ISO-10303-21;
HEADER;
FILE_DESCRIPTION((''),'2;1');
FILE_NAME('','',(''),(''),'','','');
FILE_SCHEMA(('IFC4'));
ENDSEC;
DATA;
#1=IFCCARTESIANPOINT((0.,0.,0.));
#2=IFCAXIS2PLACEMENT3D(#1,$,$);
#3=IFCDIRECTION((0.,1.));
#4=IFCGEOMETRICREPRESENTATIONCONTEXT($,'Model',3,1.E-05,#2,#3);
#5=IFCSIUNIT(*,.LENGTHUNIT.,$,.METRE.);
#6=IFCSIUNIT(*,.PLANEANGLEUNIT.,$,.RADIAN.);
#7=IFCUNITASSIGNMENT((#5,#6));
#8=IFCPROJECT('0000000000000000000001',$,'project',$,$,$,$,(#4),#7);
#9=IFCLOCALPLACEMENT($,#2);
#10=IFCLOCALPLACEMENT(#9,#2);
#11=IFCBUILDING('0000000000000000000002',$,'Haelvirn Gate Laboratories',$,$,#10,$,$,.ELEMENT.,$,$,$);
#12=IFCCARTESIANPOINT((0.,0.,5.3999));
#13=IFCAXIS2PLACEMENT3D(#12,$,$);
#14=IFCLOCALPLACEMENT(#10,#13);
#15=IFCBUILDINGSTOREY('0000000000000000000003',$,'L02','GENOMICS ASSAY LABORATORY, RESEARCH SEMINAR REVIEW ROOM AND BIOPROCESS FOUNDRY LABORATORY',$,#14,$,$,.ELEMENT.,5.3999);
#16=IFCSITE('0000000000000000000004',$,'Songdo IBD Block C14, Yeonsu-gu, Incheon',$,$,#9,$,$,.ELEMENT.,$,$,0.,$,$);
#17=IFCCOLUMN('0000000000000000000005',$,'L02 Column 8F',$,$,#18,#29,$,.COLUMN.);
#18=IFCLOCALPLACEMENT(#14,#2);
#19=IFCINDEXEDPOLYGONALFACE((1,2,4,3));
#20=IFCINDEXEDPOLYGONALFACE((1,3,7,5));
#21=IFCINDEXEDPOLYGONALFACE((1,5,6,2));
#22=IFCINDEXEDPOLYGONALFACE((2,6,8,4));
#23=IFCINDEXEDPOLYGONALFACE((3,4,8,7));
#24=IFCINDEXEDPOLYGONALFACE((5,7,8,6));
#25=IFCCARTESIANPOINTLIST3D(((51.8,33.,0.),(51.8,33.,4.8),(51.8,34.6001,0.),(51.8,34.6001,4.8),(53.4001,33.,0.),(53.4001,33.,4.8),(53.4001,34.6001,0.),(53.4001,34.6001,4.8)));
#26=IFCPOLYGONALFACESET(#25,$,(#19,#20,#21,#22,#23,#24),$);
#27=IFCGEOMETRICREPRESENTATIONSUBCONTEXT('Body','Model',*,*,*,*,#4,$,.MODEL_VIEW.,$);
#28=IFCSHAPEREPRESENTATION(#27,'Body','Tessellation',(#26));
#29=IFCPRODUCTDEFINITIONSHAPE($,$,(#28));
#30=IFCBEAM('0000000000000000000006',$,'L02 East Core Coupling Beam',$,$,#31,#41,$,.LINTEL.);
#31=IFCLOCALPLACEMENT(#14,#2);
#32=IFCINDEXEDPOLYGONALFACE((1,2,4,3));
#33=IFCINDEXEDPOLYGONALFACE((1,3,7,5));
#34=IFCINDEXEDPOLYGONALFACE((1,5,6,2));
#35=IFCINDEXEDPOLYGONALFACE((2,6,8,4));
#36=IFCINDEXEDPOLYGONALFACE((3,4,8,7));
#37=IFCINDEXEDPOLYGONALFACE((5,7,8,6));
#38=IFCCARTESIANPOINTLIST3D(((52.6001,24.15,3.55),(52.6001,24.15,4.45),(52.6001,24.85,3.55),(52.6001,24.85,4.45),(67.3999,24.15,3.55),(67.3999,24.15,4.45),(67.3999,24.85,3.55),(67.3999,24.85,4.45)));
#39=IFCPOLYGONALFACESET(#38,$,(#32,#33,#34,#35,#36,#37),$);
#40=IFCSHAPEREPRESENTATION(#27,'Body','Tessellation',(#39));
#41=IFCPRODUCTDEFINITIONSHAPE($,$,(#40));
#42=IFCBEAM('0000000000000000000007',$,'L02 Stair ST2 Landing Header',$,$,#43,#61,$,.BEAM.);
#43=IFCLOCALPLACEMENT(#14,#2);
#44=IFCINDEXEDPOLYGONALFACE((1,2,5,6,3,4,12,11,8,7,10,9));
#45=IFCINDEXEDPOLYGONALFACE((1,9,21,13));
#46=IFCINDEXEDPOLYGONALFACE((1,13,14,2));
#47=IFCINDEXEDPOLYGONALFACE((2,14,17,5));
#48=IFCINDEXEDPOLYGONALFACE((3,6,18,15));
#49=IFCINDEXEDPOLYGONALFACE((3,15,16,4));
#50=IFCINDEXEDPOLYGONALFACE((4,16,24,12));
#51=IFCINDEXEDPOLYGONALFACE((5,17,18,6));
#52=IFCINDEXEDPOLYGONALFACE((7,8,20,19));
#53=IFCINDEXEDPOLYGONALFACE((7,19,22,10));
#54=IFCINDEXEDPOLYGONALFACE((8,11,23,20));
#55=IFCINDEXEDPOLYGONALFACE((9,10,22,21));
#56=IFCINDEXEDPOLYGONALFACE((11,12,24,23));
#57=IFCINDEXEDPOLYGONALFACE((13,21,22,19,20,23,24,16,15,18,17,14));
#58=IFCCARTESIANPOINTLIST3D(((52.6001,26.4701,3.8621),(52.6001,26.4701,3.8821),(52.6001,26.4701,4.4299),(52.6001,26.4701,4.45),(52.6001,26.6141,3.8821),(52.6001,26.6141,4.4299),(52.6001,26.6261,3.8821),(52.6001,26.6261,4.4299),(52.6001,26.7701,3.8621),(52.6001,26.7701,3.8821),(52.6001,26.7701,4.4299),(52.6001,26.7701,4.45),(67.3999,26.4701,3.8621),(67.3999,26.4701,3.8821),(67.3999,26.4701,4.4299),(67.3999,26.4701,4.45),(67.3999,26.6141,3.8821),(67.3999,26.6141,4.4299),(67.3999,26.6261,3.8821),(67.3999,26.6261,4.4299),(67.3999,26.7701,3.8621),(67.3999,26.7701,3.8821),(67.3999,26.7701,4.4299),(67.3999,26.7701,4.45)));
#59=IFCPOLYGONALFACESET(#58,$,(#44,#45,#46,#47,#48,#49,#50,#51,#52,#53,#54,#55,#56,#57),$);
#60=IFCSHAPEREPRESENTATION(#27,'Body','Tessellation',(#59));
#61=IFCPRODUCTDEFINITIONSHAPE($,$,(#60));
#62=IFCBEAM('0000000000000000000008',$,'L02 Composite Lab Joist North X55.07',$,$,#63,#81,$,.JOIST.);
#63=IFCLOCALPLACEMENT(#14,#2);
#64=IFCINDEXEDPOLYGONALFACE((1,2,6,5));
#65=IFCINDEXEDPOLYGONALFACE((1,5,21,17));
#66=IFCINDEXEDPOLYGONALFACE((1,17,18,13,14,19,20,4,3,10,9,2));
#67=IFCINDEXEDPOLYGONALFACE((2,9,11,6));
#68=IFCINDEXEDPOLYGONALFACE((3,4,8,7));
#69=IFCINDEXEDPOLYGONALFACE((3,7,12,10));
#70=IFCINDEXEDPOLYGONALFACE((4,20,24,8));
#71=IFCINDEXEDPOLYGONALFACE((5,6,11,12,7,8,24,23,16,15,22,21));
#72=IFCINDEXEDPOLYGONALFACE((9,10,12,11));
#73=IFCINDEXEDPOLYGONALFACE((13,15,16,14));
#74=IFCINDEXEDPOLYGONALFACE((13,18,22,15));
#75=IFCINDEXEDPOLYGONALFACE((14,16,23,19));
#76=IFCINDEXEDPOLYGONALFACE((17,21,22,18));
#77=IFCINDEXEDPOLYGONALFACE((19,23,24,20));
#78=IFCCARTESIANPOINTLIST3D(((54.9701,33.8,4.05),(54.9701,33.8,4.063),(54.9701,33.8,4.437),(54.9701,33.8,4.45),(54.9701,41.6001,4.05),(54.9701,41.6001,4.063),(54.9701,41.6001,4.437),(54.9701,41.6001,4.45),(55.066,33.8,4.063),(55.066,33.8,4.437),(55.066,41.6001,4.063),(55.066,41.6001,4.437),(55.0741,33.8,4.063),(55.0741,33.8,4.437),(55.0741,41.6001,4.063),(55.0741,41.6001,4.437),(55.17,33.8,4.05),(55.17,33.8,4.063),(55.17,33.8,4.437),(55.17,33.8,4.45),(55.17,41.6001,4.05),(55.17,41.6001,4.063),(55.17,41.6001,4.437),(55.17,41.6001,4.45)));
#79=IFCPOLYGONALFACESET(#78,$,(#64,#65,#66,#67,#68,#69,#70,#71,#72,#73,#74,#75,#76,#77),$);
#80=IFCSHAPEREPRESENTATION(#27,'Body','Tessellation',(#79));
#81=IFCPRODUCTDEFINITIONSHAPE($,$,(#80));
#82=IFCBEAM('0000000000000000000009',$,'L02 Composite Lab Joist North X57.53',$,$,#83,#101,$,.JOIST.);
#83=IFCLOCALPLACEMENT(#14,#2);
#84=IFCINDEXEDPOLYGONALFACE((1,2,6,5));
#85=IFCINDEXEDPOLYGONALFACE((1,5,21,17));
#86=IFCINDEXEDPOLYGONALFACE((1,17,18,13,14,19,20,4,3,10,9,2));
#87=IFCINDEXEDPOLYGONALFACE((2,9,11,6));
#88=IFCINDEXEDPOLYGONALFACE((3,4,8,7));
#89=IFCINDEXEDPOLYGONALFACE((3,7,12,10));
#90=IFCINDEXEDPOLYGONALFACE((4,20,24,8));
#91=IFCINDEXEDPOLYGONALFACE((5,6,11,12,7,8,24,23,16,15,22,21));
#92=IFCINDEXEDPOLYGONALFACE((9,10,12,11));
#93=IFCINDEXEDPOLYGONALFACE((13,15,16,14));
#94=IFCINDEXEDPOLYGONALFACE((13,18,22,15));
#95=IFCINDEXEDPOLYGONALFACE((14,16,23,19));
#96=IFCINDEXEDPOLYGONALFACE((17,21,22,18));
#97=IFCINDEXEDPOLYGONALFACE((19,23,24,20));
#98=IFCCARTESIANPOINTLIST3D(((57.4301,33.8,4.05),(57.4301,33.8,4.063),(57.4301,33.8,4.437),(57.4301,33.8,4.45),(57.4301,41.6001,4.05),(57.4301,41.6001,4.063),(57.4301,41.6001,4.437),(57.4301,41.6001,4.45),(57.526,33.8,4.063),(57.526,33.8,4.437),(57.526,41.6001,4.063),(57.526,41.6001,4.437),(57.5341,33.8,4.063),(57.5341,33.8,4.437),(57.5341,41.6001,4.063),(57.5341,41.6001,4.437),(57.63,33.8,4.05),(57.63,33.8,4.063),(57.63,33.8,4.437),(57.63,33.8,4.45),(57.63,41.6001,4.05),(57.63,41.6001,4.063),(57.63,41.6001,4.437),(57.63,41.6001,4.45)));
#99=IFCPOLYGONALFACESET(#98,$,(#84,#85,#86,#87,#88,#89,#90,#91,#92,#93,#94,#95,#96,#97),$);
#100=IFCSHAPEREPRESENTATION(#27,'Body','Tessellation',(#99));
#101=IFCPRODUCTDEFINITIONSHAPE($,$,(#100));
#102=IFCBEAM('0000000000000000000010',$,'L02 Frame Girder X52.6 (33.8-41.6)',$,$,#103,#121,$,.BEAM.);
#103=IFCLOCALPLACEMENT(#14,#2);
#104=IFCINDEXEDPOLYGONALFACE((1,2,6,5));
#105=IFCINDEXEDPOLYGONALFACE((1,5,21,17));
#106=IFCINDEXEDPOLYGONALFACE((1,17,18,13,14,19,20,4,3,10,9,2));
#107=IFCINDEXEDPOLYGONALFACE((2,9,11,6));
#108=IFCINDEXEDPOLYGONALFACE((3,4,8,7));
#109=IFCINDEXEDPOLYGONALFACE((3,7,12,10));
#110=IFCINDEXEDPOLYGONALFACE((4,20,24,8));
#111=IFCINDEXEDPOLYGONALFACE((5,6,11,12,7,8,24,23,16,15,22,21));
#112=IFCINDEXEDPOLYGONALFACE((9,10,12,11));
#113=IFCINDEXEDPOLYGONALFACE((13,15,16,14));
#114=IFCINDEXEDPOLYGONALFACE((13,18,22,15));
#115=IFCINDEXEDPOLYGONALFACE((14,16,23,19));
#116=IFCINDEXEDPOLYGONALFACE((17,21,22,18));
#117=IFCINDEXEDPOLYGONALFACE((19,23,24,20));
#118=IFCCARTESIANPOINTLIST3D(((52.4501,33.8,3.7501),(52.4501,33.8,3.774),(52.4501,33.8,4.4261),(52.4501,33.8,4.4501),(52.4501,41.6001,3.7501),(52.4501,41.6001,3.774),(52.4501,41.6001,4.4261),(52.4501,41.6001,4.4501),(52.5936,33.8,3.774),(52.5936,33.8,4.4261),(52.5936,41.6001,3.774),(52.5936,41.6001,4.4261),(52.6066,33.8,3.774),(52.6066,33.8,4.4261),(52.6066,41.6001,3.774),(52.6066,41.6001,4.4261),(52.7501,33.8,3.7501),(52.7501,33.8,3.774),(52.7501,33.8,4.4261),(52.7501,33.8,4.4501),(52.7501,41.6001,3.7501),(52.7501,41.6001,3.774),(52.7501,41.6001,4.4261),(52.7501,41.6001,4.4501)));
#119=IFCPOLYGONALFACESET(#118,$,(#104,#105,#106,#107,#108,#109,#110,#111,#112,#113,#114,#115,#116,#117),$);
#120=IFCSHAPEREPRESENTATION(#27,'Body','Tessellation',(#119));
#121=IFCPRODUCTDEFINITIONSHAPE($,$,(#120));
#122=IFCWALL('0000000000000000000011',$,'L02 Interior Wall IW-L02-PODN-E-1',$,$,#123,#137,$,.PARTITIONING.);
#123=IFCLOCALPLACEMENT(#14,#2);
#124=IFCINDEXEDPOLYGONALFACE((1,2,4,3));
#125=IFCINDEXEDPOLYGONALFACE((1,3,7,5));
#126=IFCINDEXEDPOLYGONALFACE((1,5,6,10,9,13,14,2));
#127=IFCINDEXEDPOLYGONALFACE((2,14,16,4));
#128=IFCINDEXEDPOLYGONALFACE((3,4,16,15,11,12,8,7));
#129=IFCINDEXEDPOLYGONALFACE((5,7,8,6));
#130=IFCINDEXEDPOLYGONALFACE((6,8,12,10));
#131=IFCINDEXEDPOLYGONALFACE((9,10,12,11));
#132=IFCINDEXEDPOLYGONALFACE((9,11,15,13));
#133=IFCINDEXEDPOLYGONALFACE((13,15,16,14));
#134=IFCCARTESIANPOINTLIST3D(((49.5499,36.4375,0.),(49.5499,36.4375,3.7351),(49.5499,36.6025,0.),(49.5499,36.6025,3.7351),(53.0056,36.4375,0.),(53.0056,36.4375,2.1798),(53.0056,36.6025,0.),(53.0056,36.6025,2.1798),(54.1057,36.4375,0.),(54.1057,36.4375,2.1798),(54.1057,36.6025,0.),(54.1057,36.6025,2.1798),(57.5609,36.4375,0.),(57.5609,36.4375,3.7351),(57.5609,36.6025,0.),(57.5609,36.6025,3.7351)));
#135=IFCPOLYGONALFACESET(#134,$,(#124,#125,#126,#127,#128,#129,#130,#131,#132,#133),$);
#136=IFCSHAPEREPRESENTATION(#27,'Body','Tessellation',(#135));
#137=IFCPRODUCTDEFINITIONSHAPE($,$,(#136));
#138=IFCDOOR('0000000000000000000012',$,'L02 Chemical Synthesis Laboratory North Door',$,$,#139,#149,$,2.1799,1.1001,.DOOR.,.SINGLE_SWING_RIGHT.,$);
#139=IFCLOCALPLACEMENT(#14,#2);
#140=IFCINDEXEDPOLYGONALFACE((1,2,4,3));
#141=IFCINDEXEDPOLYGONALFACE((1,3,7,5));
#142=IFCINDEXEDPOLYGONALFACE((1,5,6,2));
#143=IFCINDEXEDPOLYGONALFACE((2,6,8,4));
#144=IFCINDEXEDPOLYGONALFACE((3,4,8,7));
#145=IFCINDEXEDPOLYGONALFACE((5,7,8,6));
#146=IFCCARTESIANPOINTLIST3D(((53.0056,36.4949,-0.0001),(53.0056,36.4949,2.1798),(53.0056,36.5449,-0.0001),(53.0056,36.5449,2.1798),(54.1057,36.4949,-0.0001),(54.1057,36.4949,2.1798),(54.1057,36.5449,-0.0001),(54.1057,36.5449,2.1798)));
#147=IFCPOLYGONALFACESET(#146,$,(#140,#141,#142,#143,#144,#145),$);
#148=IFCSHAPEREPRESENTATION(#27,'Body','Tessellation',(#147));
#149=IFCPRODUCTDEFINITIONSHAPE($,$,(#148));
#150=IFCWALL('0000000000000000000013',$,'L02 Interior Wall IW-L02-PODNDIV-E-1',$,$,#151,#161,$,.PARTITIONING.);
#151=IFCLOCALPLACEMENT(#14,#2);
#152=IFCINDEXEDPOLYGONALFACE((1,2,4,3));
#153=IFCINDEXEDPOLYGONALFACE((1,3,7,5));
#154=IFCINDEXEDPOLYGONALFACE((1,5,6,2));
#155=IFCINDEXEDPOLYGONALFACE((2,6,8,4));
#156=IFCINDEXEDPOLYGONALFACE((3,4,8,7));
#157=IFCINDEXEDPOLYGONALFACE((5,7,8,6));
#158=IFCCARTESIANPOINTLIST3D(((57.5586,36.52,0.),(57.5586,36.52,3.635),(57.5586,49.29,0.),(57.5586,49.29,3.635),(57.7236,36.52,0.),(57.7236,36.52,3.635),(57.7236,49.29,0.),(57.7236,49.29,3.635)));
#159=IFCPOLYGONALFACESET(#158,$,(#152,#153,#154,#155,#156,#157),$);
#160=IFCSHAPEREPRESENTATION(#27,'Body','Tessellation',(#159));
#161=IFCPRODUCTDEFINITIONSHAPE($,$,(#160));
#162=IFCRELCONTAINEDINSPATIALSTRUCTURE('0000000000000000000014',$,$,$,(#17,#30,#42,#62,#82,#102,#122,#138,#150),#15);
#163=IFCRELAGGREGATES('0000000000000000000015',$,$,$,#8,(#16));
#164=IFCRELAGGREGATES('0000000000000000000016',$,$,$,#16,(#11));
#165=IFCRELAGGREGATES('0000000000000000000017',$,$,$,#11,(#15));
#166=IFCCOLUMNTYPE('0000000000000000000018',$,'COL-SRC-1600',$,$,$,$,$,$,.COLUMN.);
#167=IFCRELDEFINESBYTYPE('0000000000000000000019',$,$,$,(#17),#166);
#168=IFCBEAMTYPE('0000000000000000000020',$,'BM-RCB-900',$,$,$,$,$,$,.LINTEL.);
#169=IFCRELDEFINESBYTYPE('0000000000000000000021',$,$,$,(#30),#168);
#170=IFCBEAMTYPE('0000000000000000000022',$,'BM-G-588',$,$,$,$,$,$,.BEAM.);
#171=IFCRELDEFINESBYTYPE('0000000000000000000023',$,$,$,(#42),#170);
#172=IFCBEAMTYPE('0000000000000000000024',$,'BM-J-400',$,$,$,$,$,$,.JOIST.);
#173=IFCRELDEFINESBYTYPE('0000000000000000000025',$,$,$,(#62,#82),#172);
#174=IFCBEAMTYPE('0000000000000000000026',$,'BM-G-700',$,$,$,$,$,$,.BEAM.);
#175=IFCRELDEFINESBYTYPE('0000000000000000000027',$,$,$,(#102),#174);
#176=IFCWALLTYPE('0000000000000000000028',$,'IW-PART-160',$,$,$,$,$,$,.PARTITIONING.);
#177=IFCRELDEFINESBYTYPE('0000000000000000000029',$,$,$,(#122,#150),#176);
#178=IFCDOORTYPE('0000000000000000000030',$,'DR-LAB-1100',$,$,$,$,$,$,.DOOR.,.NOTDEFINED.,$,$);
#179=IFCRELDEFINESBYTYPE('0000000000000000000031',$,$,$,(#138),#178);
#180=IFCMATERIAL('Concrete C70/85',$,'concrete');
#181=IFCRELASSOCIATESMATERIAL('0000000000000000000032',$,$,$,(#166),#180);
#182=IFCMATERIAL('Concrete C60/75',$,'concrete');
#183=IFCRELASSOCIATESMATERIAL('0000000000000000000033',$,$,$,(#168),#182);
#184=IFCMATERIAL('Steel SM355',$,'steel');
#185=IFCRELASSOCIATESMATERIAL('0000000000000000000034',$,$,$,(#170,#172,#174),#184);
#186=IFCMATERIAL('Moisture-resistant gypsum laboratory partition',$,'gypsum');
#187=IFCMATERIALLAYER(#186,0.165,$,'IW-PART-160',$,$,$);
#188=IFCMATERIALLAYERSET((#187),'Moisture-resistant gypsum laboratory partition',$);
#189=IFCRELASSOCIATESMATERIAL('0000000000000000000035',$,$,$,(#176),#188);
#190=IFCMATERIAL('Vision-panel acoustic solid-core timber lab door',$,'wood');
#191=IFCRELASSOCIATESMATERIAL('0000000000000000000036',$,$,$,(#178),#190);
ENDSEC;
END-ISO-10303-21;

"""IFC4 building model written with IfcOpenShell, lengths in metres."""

from ifc_helpers import new_model, si_unit, direction, frame, frame_2d, origin, origin_2d, place, context, subcontext, project, spatial, rectangle, i_section, extrude, source, transform, mapped, material, layer, layer_set, material_profile, profile_set, type_object, type_shapes, element, fill, save


model = new_model("IFC4")

# Units and contexts
model_context = context("Model", 3, precision=1e-05, world=origin(), true_north=direction((0.0, 1.0)))
body_context = subcontext(model_context, "Body", "Model", "MODEL_VIEW")
ifc_project = project(units=[si_unit("LENGTHUNIT", "METRE"), si_unit("PLANEANGLEUNIT", "RADIAN")], contexts=[model_context])

# Site, building, storey
site_placement = place(None, origin())
site = spatial("IfcSite", under=ifc_project, at=site_placement, Name="Songdo IBD Block C14, Yeonsu-gu, Incheon", CompositionType="ELEMENT", RefElevation=0.0)
building_placement = place(site_placement, origin())
building = spatial("IfcBuilding", under=site, at=building_placement, Name="Haelvirn Gate Laboratories", CompositionType="ELEMENT")
storey_placement = place(building_placement, frame((0.0, 0.0, 5.3999)))
storey = spatial("IfcBuildingStorey", under=building, at=storey_placement, Name="L02", Description="GENOMICS ASSAY LABORATORY, RESEARCH SEMINAR REVIEW ROOM AND BIOPROCESS FOUNDRY LABORATORY", CompositionType="ELEMENT", Elevation=5.3999)

# Column
ifc_material_1 = material(Name="Concrete C70/85", Category="concrete")
ifc_material_profile_1 = material_profile(ifc_material_1, rectangle(XDim=1.6001, YDim=1.6001, at=origin_2d()), Name="SRC-1600x1600")
ifc_profile_set_1 = profile_set([ifc_material_profile_1], Name="Concrete C70/85")
column_type = type_object("IfcColumnType", Name="COL-SRC-1600", PredefinedType="COLUMN", material=ifc_profile_set_1)
shared_shape_1 = source(origin(), body_context, "Body", "SweptSolid", [
    extrude(rectangle(XDim=1.6001, YDim=1.6001, at=origin_2d()), origin(), (0.0, 0.0, 1.0), 4.8),
])
type_shapes(column_type, [shared_shape_1])
column_placement = place(storey_placement, frame((52.6001, 33.8, 0.0), z_axis=(0.0, 0.0, 1.0), x_axis=(1.0, 0.0, 0.0)))
element("IfcColumn", 1, at=column_placement, inside=storey, type_object=column_type, Name="L02 Column 8F", PredefinedType="COLUMN", context=body_context, shape_type="MappedRepresentation", body=[
    mapped(shared_shape_1, transform((0.0, 0.0, 0.0), scale=1.0)),
])

# Beams
ifc_material_2 = material(Name="Concrete C60/75", Category="concrete")
ifc_material_profile_2 = material_profile(ifc_material_2, rectangle(XDim=0.7, YDim=0.8999, at=origin_2d()), Name="RCB-700x900")
ifc_profile_set_2 = profile_set([ifc_material_profile_2], Name="Concrete C60/75")
beam_type_1 = type_object("IfcBeamType", Name="BM-RCB-900", PredefinedType="LINTEL", material=ifc_profile_set_2)
shared_shape_2 = source(origin(), body_context, "Body", "SweptSolid", [
    extrude(rectangle(XDim=0.7, YDim=0.8999, at=origin_2d()), origin(), (0.0, 0.0, 1.0), 14.7998),
])
type_shapes(beam_type_1, [shared_shape_2])
beam_1_placement = place(storey_placement, frame((52.6001, 24.5, 4.0), z_axis=(1.0, 0.0, 0.0), x_axis=(0.0, 1.0, 0.0)))
element("IfcBeam", 2, at=beam_1_placement, inside=storey, type_object=beam_type_1, Name="L02 East Core Coupling Beam", PredefinedType="LINTEL", context=body_context, shape_type="MappedRepresentation", body=[
    mapped(shared_shape_2, transform((0.0, 0.0, 0.0), scale=1.0)),
])
ifc_material_3 = material(Name="Steel SM355", Category="steel")
ifc_material_profile_3 = material_profile(ifc_material_3, i_section(OverallWidth=0.3, OverallDepth=0.5879, WebThickness=0.012, FlangeThickness=0.02, at=origin_2d()), Name="H-588x300x12x20")
ifc_profile_set_3 = profile_set([ifc_material_profile_3], Name="Steel SM355")
beam_type_2 = type_object("IfcBeamType", Name="BM-G-588", PredefinedType="BEAM", material=ifc_profile_set_3)
shared_shape_3 = source(origin(), body_context, "Body", "SweptSolid", [
    extrude(i_section(OverallWidth=0.3, OverallDepth=0.5879, WebThickness=0.012, FlangeThickness=0.02, at=origin_2d()), origin(), (0.0, 0.0, 1.0), 14.7998),
])
type_shapes(beam_type_2, [shared_shape_3])
beam_2_placement = place(storey_placement, frame((52.6001, 26.6201, 4.156), z_axis=(1.0, 0.0, 0.0), x_axis=(0.0, 1.0, 0.0)))
element("IfcBeam", 3, at=beam_2_placement, inside=storey, type_object=beam_type_2, Name="L02 Stair ST2 Landing Header", PredefinedType="BEAM", context=body_context, shape_type="MappedRepresentation", body=[
    mapped(shared_shape_3, transform((0.0, 0.0, 0.0), scale=1.0)),
])
ifc_material_profile_4 = material_profile(ifc_material_3, i_section(OverallWidth=0.2, OverallDepth=0.3999, WebThickness=0.0081, FlangeThickness=0.0129, at=origin_2d()), Name="H-400x200x8x13")
ifc_profile_set_4 = profile_set([ifc_material_profile_4], Name="Steel SM355")
beam_type_3 = type_object("IfcBeamType", Name="BM-J-400", PredefinedType="JOIST", material=ifc_profile_set_4)
shared_shape_4 = source(origin(), body_context, "Body", "SweptSolid", [
    extrude(i_section(OverallWidth=0.2, OverallDepth=0.3999, WebThickness=0.0081, FlangeThickness=0.0129, at=origin_2d()), origin(), (0.0, 0.0, 1.0), 7.8),
])
type_shapes(beam_type_3, [shared_shape_4])
for number, where, z_axis, x_axis, name in (
    (4, (55.0701, 33.8, 4.25), (0.0, 1.0, 0.0), (-1.0, 0.0, 0.0), "L02 Composite Lab Joist North X55.07"),
    (5, (57.53, 33.8, 4.25), (0.0, 1.0, 0.0), (-1.0, 0.0, 0.0), "L02 Composite Lab Joist North X57.53"),
):
    element("IfcBeam", number, at=place(storey_placement, frame(where, z_axis=z_axis, x_axis=x_axis)), inside=storey, type_object=beam_type_3, Name=name, PredefinedType="JOIST", context=body_context, shape_type="MappedRepresentation", body=[
        mapped(shared_shape_4, transform((0.0, 0.0, 0.0), scale=1.0)),
    ])
ifc_material_profile_5 = material_profile(ifc_material_3, i_section(OverallWidth=0.3, OverallDepth=0.7, WebThickness=0.0129, FlangeThickness=0.0239, at=origin_2d()), Name="H-700x300x13x24")
ifc_profile_set_5 = profile_set([ifc_material_profile_5], Name="Steel SM355")
beam_type_4 = type_object("IfcBeamType", Name="BM-G-700", PredefinedType="BEAM", material=ifc_profile_set_5)
shared_shape_5 = source(origin(), body_context, "Body", "SweptSolid", [
    extrude(i_section(OverallWidth=0.3, OverallDepth=0.7, WebThickness=0.0129, FlangeThickness=0.0239, at=origin_2d()), origin(), (0.0, 0.0, 1.0), 7.8),
])
type_shapes(beam_type_4, [shared_shape_5])
beam_3_placement = place(storey_placement, frame((52.6001, 33.8, 4.1001), z_axis=(0.0, 1.0, 0.0), x_axis=(-1.0, 0.0, 0.0)))
element("IfcBeam", 6, at=beam_3_placement, inside=storey, type_object=beam_type_4, Name="L02 Frame Girder X52.6 (33.8-41.6)", PredefinedType="BEAM", context=body_context, shape_type="MappedRepresentation", body=[
    mapped(shared_shape_5, transform((0.0, 0.0, 0.0), scale=1.0)),
])

# Wall, opening, door
ifc_material_4 = material(Name="Moisture-resistant gypsum laboratory partition", Category="gypsum")
ifc_layer_1 = layer(ifc_material_4, 0.165, Name="IW-PART-160")
ifc_layer_set_1 = layer_set([ifc_layer_1], Name="Moisture-resistant gypsum laboratory partition")
wall_type_1 = type_object("IfcWallType", Name="IW-PART-160", PredefinedType="PARTITIONING", material=ifc_layer_set_1)
wall_1_placement = place(storey_placement, frame((49.55, 36.52, 0.0), z_axis=(0.0, 0.0, 1.0), x_axis=(1.0, 0.0, 0.0)))
wall_1 = element("IfcWall", 7, at=wall_1_placement, inside=storey, type_object=wall_type_1, Name="L02 Interior Wall IW-L02-PODN-E-1", PredefinedType="PARTITIONING", context=body_context, shape_type="SweptSolid", body=[
    extrude(rectangle(XDim=8.011, YDim=0.165, at=frame_2d((4.0054, 0.0))), origin(), (0.0, 0.0, 1.0), 3.7351),
])
opening_1_placement = place(wall_1_placement, frame((3.4556, 0.0, 0.0)))
opening_1 = element("IfcOpeningElement", 8, at=opening_1_placement, cuts=wall_1, PredefinedType="OPENING", context=body_context, shape_type="SweptSolid", body=[
    extrude(rectangle(XDim=1.1001, YDim=2.1799, at=frame_2d((0.55, 1.0898))), frame((0.0, 0.0925, 0.0), z_axis=(0.0, -1.0, 0.0), x_axis=(1.0, 0.0, 0.0)), (0.0, 0.0, 1.0), 0.1851),
])
ifc_material_5 = material(Name="Vision-panel acoustic solid-core timber lab door", Category="wood")
door_type_1 = type_object("IfcDoorType", Name="DR-LAB-1100", OperationType="NOTDEFINED", PredefinedType="DOOR", material=ifc_material_5)
shared_shape_6 = source(origin(), body_context, "Body", "SweptSolid", [
    extrude(rectangle(XDim=1.1001, YDim=2.1799, at=frame_2d((0.55, 1.0898))), frame((0.0, 0.0249, 0.0), z_axis=(0.0, -1.0, 0.0), x_axis=(1.0, 0.0, 0.0)), (0.0, 0.0, 1.0), 0.05),
])
type_shapes(door_type_1, [shared_shape_6])
door_1_placement = place(opening_1_placement, origin())
door_1 = element("IfcDoor", 9, at=door_1_placement, inside=storey, type_object=door_type_1, Name="L02 Chemical Synthesis Laboratory North Door", OperationType="SINGLE_SWING_RIGHT", OverallHeight=2.1799, OverallWidth=1.1001, PredefinedType="DOOR", context=body_context, shape_type="MappedRepresentation", body=[
    mapped(shared_shape_6, transform((0.0, 0.0, 0.0), scale=1.0)),
])
fill(opening_1, door_1)

# Wall
wall_2_placement = place(storey_placement, frame((57.6411, 36.52, 0.0), z_axis=(0.0, 0.0, 1.0), x_axis=(0.0, 1.0, 0.0)))
element("IfcWall", 10, at=wall_2_placement, inside=storey, type_object=wall_type_1, Name="L02 Interior Wall IW-L02-PODNDIV-E-1", PredefinedType="PARTITIONING", context=body_context, shape_type="SweptSolid", body=[
    extrude(rectangle(XDim=12.77, YDim=0.165, at=frame_2d((6.385, 0.0))), origin(), (0.0, 0.0, 1.0), 3.635),
])

save(model, "model.ifc")
